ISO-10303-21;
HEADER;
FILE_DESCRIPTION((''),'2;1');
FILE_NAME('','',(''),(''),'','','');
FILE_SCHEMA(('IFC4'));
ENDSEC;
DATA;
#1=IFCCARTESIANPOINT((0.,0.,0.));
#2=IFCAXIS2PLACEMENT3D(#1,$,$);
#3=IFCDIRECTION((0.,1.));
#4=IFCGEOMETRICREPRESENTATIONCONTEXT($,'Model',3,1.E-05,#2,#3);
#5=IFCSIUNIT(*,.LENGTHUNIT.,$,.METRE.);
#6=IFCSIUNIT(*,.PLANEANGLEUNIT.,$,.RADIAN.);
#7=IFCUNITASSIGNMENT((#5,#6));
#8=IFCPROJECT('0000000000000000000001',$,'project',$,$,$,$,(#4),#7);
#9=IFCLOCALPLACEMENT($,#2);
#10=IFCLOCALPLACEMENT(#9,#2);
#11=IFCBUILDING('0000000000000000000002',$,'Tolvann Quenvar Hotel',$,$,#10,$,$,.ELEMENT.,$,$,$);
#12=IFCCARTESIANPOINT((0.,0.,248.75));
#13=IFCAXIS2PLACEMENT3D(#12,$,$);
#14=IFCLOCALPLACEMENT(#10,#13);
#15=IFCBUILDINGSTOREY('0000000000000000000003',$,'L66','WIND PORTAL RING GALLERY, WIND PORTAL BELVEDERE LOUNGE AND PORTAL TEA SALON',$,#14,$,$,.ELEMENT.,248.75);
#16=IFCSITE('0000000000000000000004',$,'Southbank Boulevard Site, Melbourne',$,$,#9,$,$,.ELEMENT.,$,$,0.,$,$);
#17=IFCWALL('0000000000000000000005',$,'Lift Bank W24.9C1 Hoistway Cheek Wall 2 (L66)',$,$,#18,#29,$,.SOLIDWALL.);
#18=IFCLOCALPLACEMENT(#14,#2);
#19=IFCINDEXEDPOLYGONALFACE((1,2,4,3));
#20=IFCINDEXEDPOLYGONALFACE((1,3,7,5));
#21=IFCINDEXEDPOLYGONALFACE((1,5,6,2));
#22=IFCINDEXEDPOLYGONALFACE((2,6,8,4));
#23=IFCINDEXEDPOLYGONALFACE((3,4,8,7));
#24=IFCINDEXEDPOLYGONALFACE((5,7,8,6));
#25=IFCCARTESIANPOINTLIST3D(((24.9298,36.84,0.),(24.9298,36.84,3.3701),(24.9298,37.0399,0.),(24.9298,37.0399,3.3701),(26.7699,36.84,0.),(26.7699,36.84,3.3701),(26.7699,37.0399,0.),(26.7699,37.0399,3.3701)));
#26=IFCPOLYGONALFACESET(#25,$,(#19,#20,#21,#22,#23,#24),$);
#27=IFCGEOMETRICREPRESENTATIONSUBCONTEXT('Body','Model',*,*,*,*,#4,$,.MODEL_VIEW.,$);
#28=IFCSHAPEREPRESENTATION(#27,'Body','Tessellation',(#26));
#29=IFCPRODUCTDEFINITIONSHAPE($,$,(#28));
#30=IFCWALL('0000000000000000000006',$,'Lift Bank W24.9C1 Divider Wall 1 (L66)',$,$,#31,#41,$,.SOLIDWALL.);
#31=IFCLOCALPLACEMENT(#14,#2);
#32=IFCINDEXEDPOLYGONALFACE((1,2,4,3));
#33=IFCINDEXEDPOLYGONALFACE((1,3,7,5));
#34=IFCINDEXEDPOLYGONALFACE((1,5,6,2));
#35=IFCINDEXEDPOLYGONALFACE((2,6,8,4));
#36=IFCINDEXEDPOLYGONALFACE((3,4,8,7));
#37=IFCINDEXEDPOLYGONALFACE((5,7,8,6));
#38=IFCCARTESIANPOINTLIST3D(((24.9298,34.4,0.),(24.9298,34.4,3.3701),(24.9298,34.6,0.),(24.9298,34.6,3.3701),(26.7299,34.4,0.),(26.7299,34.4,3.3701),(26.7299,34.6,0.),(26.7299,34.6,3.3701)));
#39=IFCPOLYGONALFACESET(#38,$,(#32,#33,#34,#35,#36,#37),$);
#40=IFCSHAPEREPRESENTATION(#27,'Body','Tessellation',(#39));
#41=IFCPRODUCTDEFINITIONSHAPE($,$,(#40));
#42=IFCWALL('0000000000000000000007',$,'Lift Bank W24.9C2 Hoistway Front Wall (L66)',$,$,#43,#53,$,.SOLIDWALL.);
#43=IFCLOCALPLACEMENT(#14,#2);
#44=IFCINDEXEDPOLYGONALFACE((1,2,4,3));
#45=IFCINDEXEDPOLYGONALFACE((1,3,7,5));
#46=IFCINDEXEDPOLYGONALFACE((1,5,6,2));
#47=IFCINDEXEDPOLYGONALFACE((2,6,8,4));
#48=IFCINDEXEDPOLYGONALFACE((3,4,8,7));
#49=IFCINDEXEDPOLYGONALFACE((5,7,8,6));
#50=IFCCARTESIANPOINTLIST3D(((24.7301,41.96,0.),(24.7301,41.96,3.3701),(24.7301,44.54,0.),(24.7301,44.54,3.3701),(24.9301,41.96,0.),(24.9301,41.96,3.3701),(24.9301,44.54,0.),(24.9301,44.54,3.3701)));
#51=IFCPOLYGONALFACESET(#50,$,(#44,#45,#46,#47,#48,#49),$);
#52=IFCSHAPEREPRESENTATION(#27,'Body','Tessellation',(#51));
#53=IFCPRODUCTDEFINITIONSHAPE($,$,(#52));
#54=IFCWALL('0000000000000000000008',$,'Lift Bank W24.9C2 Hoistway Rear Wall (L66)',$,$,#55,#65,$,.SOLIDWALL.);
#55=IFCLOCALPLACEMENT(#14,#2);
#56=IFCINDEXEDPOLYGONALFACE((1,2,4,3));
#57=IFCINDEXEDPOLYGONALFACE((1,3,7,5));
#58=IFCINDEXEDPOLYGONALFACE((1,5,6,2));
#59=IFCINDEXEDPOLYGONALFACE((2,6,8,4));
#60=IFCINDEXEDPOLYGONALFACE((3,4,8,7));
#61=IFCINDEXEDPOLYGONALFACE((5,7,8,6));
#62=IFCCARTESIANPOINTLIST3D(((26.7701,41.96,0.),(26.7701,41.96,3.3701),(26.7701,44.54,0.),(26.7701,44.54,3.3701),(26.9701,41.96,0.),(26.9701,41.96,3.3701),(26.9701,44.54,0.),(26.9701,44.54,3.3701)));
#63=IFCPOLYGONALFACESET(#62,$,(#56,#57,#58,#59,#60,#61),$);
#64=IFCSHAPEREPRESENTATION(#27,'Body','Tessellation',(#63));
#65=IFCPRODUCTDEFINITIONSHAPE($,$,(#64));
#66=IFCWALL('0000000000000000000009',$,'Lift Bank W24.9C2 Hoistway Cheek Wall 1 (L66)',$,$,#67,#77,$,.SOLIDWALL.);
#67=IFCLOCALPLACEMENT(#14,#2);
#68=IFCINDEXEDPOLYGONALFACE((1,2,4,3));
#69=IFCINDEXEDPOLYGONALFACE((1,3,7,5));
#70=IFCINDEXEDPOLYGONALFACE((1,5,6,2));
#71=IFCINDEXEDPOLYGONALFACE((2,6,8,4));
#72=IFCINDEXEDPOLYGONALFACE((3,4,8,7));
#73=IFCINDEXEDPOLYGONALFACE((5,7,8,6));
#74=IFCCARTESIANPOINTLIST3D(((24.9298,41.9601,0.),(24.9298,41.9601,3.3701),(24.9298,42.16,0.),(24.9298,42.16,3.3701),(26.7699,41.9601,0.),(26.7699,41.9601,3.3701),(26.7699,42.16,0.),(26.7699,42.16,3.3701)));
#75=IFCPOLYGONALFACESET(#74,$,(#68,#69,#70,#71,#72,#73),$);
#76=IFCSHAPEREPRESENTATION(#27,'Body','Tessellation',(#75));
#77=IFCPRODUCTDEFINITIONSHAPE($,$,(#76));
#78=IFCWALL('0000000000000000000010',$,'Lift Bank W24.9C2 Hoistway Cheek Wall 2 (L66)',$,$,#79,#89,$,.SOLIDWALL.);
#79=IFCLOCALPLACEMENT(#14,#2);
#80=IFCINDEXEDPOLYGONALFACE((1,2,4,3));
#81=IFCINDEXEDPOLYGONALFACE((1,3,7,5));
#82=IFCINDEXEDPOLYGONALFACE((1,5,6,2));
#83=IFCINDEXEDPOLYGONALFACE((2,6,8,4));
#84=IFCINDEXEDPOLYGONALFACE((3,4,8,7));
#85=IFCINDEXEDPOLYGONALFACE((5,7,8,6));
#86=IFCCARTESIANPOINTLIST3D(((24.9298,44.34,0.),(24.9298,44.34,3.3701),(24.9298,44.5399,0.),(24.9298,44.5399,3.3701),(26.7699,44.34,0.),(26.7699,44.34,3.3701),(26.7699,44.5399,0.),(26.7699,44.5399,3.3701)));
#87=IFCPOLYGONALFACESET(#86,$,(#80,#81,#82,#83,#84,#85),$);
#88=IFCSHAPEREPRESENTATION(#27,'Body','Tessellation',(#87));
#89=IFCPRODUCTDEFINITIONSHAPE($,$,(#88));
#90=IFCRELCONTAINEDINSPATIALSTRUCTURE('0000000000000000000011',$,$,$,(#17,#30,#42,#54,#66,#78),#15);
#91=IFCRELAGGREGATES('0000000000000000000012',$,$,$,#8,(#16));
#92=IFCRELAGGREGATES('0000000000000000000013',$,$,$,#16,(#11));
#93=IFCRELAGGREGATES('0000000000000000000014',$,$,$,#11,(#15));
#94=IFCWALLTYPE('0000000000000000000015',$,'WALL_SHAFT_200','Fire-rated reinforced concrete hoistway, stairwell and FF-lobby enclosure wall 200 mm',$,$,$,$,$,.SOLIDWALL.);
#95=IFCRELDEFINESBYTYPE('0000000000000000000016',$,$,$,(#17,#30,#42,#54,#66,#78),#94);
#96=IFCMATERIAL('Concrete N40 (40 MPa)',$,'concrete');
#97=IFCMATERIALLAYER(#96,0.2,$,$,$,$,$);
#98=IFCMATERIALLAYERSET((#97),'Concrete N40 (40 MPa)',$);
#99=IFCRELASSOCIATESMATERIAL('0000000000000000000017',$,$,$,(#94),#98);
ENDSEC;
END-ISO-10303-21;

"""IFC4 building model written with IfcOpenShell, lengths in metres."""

from ifc_helpers import new_model, si_unit, direction, frame, frame_2d, origin, place, context, subcontext, project, spatial, rectangle, extrude, material, layer, layer_set, type_object, element, save


model = new_model("IFC4")

# Units and contexts
model_context = context("Model", 3, precision=1e-05, world=origin(), true_north=direction((0.0, 1.0)))
body_context = subcontext(model_context, "Body", "Model", "MODEL_VIEW")
ifc_project = project(units=[si_unit("LENGTHUNIT", "METRE"), si_unit("PLANEANGLEUNIT", "RADIAN")], contexts=[model_context])

# Site, building, storey
site_placement = place(None, origin())
site = spatial("IfcSite", under=ifc_project, at=site_placement, Name="Southbank Boulevard Site, Melbourne", CompositionType="ELEMENT", RefElevation=0.0)
building_placement = place(site_placement, origin())
building = spatial("IfcBuilding", under=site, at=building_placement, Name="Tolvann Quenvar Hotel", CompositionType="ELEMENT")
storey_placement = place(building_placement, frame((0.0, 0.0, 248.75)))
storey = spatial("IfcBuildingStorey", under=building, at=storey_placement, Name="L66", Description="WIND PORTAL RING GALLERY, WIND PORTAL BELVEDERE LOUNGE AND PORTAL TEA SALON", CompositionType="ELEMENT", Elevation=248.75)

# Shared definitions
ifc_material_1 = material(Name="Concrete N40 (40 MPa)", Category="concrete")
ifc_layer_1 = layer(ifc_material_1, 0.2)
ifc_layer_set_1 = layer_set([ifc_layer_1], Name="Concrete N40 (40 MPa)")
wall_type_1 = type_object("IfcWallType", Name="WALL_SHAFT_200", Description="Fire-rated reinforced concrete hoistway, stairwell and FF-lobby enclosure wall 200 mm", PredefinedType="SOLIDWALL", material=ifc_layer_set_1)

# Walls
wall_1_placement = place(storey_placement, frame((24.9299, 36.9399, 0.0), z_axis=(0.0, 0.0, 1.0), x_axis=(1.0, 0.0, 0.0)))
element("IfcWall", 1, at=wall_1_placement, inside=storey, type_object=wall_type_1, Name="Lift Bank W24.9C1 Hoistway Cheek Wall 2 (L66)", PredefinedType="SOLIDWALL", context=body_context, shape_type="SweptSolid", body=[
    extrude(rectangle(XDim=1.8401, YDim=0.2, at=frame_2d((0.9199, 0.0))), origin(), (0.0, 0.0, 1.0), 3.3701),
])
wall_2_placement = place(storey_placement, frame((24.9299, 34.5, 0.0), z_axis=(0.0, 0.0, 1.0), x_axis=(1.0, 0.0, 0.0)))
element("IfcWall", 2, at=wall_2_placement, inside=storey, type_object=wall_type_1, Name="Lift Bank W24.9C1 Divider Wall 1 (L66)", PredefinedType="SOLIDWALL", context=body_context, shape_type="SweptSolid", body=[
    extrude(rectangle(XDim=1.8, YDim=0.2, at=frame_2d((0.8999, 0.0))), origin(), (0.0, 0.0, 1.0), 3.3701),
])
for number, where, z_axis, x_axis, name in (
    (3, (24.8301, 41.96, 0.0), (0.0, 0.0, 1.0), (0.0, 1.0, 0.0), "Lift Bank W24.9C2 Hoistway Front Wall (L66)"),
    (4, (26.8701, 41.96, 0.0), (0.0, 0.0, 1.0), (0.0, 1.0, 0.0), "Lift Bank W24.9C2 Hoistway Rear Wall (L66)"),
):
    element("IfcWall", number, at=place(storey_placement, frame(where, z_axis=z_axis, x_axis=x_axis)), inside=storey, type_object=wall_type_1, Name=name, PredefinedType="SOLIDWALL", context=body_context, shape_type="SweptSolid", body=[
        extrude(rectangle(XDim=2.5801, YDim=0.2, at=frame_2d((1.29, 0.0))), origin(), (0.0, 0.0, 1.0), 3.3701),
    ])
for number, where, z_axis, x_axis, name in (
    (5, (24.9299, 42.0601, 0.0), (0.0, 0.0, 1.0), (1.0, 0.0, 0.0), "Lift Bank W24.9C2 Hoistway Cheek Wall 1 (L66)"),
    (6, (24.9299, 44.4399, 0.0), (0.0, 0.0, 1.0), (1.0, 0.0, 0.0), "Lift Bank W24.9C2 Hoistway Cheek Wall 2 (L66)"),
):
    element("IfcWall", number, at=place(storey_placement, frame(where, z_axis=z_axis, x_axis=x_axis)), inside=storey, type_object=wall_type_1, Name=name, PredefinedType="SOLIDWALL", context=body_context, shape_type="SweptSolid", body=[
        extrude(rectangle(XDim=1.8401, YDim=0.2, at=frame_2d((0.9199, 0.0))), origin(), (0.0, 0.0, 1.0), 3.3701),
    ])

save(model, "model.ifc")
